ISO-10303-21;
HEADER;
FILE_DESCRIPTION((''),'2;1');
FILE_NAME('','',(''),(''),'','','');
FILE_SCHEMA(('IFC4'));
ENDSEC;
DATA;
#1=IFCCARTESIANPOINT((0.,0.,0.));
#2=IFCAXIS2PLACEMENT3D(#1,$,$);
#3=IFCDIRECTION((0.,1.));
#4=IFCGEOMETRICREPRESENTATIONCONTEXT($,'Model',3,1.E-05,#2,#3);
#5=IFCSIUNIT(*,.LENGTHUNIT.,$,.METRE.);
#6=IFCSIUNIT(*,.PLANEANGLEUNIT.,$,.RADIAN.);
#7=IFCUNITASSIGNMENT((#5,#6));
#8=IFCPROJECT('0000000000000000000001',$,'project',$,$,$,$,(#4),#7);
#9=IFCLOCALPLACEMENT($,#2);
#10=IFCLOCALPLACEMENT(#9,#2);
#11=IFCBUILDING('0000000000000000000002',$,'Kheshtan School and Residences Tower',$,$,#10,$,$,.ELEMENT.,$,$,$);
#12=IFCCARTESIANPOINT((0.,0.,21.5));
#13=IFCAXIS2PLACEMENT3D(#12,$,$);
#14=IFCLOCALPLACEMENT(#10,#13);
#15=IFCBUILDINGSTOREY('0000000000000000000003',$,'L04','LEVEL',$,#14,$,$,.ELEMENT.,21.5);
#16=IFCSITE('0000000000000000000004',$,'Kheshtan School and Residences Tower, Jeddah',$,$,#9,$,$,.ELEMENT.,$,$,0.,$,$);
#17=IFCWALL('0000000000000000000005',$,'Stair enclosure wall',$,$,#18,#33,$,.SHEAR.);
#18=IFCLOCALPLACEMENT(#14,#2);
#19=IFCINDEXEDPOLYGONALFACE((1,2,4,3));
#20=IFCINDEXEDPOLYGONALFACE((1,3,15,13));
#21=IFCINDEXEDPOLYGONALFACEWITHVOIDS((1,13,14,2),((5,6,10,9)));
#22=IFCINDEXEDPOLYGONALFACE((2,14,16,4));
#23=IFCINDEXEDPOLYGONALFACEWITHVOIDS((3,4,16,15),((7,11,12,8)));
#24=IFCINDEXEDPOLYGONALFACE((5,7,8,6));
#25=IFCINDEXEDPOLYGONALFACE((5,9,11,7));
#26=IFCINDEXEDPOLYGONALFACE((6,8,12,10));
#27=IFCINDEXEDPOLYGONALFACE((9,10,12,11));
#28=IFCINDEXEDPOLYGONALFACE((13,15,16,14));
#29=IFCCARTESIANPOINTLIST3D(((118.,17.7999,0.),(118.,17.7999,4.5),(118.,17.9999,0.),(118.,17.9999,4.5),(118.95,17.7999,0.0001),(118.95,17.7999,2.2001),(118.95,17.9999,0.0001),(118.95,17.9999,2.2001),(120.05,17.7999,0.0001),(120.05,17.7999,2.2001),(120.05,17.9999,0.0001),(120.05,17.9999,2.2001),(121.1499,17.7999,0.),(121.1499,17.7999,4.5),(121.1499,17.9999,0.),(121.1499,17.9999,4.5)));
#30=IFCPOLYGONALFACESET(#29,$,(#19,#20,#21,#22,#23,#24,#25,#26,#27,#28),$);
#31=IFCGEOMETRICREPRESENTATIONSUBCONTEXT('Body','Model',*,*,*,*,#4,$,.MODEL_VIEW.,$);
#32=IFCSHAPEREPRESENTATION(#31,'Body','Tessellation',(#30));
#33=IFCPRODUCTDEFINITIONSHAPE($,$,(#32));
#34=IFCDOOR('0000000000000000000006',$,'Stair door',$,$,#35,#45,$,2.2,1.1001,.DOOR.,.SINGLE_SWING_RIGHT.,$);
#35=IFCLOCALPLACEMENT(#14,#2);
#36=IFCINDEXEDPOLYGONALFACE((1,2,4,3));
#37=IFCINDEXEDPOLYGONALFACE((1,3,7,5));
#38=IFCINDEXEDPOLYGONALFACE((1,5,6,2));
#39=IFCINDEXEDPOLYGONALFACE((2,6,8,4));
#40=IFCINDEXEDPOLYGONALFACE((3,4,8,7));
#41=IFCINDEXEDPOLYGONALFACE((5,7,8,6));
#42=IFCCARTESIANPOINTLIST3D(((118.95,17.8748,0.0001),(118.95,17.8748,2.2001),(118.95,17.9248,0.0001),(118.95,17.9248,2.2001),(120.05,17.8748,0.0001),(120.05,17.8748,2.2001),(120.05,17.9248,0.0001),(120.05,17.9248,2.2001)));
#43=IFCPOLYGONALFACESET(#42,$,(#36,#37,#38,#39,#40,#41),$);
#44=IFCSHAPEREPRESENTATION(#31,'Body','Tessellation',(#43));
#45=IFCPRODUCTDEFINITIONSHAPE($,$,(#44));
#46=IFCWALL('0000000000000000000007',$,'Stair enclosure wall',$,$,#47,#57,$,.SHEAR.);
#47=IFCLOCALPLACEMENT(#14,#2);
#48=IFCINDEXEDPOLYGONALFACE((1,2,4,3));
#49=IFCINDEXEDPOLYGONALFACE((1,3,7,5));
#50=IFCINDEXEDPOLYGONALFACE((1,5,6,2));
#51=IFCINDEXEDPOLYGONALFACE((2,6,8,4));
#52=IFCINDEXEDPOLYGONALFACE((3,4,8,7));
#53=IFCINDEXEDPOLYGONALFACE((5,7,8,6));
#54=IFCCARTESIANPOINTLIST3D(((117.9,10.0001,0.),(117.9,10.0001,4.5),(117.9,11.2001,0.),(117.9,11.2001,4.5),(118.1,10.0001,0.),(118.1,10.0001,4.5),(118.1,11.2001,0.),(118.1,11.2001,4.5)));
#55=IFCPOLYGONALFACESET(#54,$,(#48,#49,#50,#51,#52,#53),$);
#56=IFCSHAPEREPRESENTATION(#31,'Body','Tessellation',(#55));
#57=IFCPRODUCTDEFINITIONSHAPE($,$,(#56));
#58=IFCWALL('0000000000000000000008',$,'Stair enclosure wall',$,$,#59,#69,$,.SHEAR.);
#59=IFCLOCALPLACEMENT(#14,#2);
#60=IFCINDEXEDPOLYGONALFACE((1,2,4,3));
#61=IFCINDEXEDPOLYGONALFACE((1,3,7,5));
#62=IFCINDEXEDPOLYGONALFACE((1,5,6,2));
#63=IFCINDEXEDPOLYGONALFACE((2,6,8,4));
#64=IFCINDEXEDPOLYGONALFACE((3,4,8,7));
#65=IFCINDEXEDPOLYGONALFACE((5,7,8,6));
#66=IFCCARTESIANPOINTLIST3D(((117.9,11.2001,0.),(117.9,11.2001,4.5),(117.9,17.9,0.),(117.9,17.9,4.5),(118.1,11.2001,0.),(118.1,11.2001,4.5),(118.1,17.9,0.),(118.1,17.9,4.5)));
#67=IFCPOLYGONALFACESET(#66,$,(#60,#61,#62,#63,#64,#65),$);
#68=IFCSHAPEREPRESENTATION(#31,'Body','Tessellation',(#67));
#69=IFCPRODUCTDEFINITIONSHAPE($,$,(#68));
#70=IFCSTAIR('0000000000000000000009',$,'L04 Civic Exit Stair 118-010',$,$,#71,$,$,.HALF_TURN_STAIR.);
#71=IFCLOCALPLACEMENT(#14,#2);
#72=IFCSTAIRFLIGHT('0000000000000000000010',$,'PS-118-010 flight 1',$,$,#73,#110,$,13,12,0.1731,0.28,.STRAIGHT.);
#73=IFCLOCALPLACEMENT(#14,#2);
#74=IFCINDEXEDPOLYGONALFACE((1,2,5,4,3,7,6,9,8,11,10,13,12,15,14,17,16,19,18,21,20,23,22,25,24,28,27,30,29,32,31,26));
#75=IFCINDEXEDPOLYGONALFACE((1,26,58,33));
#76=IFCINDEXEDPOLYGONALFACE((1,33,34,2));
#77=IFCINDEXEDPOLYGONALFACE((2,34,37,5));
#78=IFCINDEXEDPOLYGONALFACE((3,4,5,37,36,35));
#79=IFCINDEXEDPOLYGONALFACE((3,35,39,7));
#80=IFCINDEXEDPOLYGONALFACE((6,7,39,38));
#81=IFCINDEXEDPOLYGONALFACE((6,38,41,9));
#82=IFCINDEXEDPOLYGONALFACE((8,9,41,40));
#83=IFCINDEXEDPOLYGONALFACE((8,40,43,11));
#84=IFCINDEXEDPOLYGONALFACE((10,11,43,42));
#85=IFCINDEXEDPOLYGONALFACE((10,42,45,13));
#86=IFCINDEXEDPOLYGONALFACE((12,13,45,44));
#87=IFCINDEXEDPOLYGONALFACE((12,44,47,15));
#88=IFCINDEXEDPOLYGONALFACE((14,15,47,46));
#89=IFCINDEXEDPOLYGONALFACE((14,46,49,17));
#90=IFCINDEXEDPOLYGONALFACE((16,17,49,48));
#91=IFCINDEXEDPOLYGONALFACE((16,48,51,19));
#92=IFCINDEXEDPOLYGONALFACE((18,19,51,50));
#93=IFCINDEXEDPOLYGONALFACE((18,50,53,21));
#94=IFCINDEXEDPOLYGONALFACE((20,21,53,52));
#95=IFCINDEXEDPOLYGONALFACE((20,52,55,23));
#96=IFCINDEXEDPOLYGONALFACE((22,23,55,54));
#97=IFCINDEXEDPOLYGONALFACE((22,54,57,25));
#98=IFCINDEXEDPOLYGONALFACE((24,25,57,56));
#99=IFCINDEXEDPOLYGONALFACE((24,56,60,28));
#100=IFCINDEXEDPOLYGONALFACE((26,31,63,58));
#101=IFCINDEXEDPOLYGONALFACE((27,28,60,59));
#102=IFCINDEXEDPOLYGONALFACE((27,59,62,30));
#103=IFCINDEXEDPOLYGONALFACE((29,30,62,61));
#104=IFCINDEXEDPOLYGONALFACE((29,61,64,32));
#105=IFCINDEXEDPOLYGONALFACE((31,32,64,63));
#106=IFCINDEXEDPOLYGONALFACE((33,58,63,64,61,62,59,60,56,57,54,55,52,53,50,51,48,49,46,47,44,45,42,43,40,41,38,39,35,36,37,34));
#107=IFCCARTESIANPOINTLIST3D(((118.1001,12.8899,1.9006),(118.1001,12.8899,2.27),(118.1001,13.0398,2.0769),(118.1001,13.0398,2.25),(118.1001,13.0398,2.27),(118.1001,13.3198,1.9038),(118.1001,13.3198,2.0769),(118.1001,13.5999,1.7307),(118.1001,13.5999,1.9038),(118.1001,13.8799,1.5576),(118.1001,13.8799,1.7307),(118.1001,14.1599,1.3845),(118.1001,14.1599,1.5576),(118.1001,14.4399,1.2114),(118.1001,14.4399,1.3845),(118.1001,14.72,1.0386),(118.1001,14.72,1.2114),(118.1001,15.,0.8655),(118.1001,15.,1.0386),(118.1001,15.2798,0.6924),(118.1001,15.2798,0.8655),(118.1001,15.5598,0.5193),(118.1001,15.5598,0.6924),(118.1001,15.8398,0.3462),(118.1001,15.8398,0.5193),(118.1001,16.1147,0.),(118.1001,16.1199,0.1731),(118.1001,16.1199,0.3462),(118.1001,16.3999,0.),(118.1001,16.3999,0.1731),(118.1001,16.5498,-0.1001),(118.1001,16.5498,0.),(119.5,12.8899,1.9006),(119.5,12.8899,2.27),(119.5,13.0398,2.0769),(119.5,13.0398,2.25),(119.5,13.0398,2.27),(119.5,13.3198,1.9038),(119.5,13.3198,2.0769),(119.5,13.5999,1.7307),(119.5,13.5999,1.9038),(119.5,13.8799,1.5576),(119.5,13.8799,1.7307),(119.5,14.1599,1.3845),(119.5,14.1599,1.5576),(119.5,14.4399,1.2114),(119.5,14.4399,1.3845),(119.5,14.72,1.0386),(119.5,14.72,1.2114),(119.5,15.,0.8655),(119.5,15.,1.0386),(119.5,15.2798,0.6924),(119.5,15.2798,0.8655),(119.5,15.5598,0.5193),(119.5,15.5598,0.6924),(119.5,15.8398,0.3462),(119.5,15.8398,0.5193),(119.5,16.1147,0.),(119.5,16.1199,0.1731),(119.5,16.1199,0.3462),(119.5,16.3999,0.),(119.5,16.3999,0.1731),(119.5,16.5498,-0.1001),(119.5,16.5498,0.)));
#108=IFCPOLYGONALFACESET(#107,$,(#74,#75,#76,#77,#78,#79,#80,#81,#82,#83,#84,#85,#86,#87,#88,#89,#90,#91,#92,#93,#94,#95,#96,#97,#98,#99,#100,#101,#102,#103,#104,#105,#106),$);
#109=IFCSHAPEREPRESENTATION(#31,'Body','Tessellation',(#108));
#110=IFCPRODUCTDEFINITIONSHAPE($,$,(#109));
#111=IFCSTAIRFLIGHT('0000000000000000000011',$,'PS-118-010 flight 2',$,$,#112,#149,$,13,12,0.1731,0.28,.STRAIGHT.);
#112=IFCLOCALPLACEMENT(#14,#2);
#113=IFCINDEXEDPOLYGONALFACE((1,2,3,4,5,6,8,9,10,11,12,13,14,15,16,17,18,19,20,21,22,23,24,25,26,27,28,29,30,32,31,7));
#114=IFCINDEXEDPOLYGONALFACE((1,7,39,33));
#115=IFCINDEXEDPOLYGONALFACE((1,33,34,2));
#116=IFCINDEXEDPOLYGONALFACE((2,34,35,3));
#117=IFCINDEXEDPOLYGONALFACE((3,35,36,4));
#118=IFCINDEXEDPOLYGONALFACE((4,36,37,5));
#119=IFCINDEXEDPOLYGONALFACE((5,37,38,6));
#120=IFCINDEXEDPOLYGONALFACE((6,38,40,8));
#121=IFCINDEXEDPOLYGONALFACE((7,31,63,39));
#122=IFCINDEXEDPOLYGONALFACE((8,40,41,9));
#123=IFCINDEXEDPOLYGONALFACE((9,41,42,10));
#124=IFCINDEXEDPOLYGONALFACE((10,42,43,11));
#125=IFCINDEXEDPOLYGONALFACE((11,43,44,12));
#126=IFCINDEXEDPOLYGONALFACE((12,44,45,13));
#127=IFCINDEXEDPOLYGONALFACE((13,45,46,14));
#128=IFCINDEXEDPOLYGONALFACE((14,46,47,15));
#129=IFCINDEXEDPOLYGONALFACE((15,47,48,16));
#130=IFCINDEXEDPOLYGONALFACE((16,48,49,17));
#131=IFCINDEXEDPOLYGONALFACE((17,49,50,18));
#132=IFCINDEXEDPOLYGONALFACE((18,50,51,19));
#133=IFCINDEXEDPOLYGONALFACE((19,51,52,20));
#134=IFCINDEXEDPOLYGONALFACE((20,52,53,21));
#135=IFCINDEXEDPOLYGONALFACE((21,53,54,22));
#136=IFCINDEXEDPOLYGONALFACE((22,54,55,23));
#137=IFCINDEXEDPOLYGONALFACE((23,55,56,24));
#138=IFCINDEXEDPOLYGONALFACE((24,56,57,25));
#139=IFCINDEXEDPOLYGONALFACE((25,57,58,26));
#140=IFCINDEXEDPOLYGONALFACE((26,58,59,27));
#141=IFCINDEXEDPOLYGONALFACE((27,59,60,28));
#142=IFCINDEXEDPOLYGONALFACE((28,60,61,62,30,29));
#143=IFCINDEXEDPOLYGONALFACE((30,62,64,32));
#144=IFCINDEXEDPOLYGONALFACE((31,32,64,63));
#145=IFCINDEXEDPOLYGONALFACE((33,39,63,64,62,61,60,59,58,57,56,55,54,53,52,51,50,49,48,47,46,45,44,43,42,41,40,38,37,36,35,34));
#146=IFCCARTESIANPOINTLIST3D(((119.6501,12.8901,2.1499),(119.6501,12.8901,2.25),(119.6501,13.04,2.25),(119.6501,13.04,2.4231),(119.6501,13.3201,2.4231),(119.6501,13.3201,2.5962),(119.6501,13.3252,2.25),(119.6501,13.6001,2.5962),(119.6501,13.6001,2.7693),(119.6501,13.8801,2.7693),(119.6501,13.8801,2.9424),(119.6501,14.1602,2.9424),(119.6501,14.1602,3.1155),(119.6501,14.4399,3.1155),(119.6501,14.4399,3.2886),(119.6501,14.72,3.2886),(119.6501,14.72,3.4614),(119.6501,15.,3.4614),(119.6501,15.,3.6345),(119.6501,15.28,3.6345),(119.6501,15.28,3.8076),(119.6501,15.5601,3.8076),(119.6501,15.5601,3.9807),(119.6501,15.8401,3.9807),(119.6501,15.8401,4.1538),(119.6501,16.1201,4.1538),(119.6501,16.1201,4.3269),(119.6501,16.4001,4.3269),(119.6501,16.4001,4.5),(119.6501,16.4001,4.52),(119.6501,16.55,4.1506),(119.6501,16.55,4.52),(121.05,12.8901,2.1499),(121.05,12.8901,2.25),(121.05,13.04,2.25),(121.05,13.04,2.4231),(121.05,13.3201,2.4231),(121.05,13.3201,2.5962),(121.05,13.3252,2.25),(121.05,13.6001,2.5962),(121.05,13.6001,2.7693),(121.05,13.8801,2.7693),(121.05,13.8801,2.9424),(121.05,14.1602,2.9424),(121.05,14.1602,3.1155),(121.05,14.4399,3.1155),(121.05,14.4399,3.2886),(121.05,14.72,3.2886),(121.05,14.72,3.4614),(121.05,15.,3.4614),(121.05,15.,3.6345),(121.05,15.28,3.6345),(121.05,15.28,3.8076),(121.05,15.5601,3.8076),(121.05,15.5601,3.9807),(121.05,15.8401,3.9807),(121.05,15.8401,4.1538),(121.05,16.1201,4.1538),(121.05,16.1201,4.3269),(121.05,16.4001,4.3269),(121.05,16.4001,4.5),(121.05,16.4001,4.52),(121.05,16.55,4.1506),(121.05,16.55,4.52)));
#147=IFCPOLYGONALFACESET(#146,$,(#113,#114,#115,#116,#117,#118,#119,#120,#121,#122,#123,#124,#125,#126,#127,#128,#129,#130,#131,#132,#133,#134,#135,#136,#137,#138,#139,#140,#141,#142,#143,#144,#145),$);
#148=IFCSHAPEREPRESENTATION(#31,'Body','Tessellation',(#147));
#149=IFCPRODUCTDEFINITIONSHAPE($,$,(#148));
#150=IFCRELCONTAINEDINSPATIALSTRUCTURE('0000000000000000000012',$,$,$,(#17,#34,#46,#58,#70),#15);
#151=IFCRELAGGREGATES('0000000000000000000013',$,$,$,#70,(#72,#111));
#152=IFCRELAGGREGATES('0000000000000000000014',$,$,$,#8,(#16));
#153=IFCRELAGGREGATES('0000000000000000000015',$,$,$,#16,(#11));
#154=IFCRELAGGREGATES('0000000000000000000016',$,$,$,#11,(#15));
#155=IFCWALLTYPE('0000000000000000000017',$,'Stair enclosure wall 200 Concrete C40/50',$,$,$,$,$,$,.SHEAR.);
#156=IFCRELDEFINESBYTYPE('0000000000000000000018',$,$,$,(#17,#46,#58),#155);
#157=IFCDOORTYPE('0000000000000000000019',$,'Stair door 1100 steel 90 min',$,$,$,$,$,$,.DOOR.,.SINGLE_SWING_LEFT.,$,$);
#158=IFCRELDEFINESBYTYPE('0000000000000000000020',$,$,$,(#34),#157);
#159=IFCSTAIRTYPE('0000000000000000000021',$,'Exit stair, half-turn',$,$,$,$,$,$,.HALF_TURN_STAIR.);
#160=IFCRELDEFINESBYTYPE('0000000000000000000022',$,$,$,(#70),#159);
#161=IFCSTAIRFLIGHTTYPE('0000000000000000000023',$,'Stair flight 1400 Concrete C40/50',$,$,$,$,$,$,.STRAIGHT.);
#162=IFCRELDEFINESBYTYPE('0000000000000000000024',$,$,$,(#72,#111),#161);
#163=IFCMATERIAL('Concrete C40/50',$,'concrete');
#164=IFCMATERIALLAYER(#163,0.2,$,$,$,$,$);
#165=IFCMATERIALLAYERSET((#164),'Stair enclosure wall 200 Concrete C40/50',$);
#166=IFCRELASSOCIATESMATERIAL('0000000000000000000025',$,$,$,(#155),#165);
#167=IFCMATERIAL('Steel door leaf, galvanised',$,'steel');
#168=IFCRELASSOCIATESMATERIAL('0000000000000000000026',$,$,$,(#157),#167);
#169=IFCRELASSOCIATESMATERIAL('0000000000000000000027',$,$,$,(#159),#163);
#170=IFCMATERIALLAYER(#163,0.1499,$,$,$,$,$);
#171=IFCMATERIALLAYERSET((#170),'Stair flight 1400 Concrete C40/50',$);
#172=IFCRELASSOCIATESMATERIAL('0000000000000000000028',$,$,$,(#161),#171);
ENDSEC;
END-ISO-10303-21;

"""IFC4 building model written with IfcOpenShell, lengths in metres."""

from ifc_helpers import new_model, si_unit, direction, frame, frame_2d, origin, place, context, subcontext, project, spatial, polyline, rectangle, outline, extrude, source, transform, mapped, material, layer, layer_set, type_object, element, fill, aggregate, save


model = new_model("IFC4")

# Units and contexts
model_context = context("Model", 3, precision=1e-05, world=origin(), true_north=direction((0.0, 1.0)))
body_context = subcontext(model_context, "Body", "Model", "MODEL_VIEW")
ifc_project = project(units=[si_unit("LENGTHUNIT", "METRE"), si_unit("PLANEANGLEUNIT", "RADIAN")], contexts=[model_context])

# Site, building, storey
site_placement = place(None, origin())
site = spatial("IfcSite", under=ifc_project, at=site_placement, Name="Kheshtan School and Residences Tower, Jeddah", CompositionType="ELEMENT", RefElevation=0.0)
building_placement = place(site_placement, origin())
building = spatial("IfcBuilding", under=site, at=building_placement, Name="Kheshtan School and Residences Tower", CompositionType="ELEMENT")
storey_placement = place(building_placement, frame((0.0, 0.0, 21.5)))
storey = spatial("IfcBuildingStorey", under=building, at=storey_placement, Name="L04", Description="LEVEL", CompositionType="ELEMENT", Elevation=21.5)

# Wall, opening, door
ifc_material_1 = material(Name="Concrete C40/50", Category="concrete")
ifc_layer_1 = layer(ifc_material_1, 0.2)
ifc_layer_set_1 = layer_set([ifc_layer_1], Name="Stair enclosure wall 200 Concrete C40/50")
wall_type_1 = type_object("IfcWallType", Name="Stair enclosure wall 200 Concrete C40/50", PredefinedType="SHEAR", material=ifc_layer_set_1)
wall_1_placement = place(storey_placement, frame((118.0, 17.8999, 0.0), z_axis=(0.0, 0.0, 1.0), x_axis=(1.0, 0.0, 0.0)))
wall_1 = element("IfcWall", 1, at=wall_1_placement, inside=storey, type_object=wall_type_1, Name="Stair enclosure wall", PredefinedType="SHEAR", context=body_context, shape_type="SweptSolid", body=[
    extrude(rectangle(XDim=3.1499, YDim=0.2, at=frame_2d((1.575, 0.0))), origin(), (0.0, 0.0, 1.0), 4.5),
])
opening_placement = place(wall_1_placement, frame((0.95, 0.0, 0.0)))
opening = element("IfcOpeningElement", 2, at=opening_placement, cuts=wall_1, PredefinedType="OPENING", context=body_context, shape_type="SweptSolid", body=[
    extrude(rectangle(XDim=1.1001, YDim=2.2, at=frame_2d((0.55, 1.1001))), frame((0.0, 0.1099, 0.0), z_axis=(0.0, -1.0, 0.0), x_axis=(1.0, 0.0, 0.0)), (0.0, 0.0, 1.0), 0.22),
])
ifc_material_2 = material(Name="Steel door leaf, galvanised", Category="steel")
door_type = type_object("IfcDoorType", Name="Stair door 1100 steel 90 min", OperationType="SINGLE_SWING_LEFT", PredefinedType="DOOR", material=ifc_material_2)
shared_shape = source(origin(), body_context, "Body", "SweptSolid", [
    extrude(rectangle(XDim=1.1001, YDim=2.2, at=frame_2d((0.55, 1.1001))), frame((0.0, 0.0249, 0.0), z_axis=(0.0, -1.0, 0.0), x_axis=(1.0, 0.0, 0.0)), (0.0, 0.0, 1.0), 0.05),
])
door_placement = place(opening_placement, origin())
door = element("IfcDoor", 3, at=door_placement, inside=storey, type_object=door_type, Name="Stair door", OperationType="SINGLE_SWING_RIGHT", OverallHeight=2.2, OverallWidth=1.1001, PredefinedType="DOOR", context=body_context, shape_type="MappedRepresentation", body=[
    mapped(shared_shape, transform((0.0, 0.0, 0.0), x_axis=(1.0, 0.0, 0.0), y_axis=(0.0, 1.0, 0.0), z_axis=(0.0, 0.0, 1.0), scale=1.0)),
])
fill(opening, door)

# Walls
wall_2_placement = place(storey_placement, frame((118.0, 10.0, 0.0), z_axis=(0.0, 0.0, 1.0), x_axis=(0.0, 1.0, 0.0)))
element("IfcWall", 4, at=wall_2_placement, inside=storey, type_object=wall_type_1, Name="Stair enclosure wall", PredefinedType="SHEAR", context=body_context, shape_type="SweptSolid", body=[
    extrude(rectangle(XDim=1.2, YDim=0.2, at=frame_2d((0.6001, 0.0))), origin(), (0.0, 0.0, 1.0), 4.5),
])
wall_3_placement = place(storey_placement, frame((118.0, 11.2, 0.0), z_axis=(0.0, 0.0, 1.0), x_axis=(0.0, 1.0, 0.0)))
element("IfcWall", 5, at=wall_3_placement, inside=storey, type_object=wall_type_1, Name="Stair enclosure wall", PredefinedType="SHEAR", context=body_context, shape_type="SweptSolid", body=[
    extrude(rectangle(XDim=6.7, YDim=0.2, at=frame_2d((3.3501, 0.0))), origin(), (0.0, 0.0, 1.0), 4.5),
])

# Stair, stair flights
stair_type = type_object("IfcStairType", Name="Exit stair, half-turn", PredefinedType="HALF_TURN_STAIR", material=ifc_material_1)
stair_placement = place(storey_placement, origin())
stair = element("IfcStair", 6, at=stair_placement, inside=storey, type_object=stair_type, Name="L04 Civic Exit Stair 118-010", PredefinedType="HALF_TURN_STAIR")
ifc_layer_2 = layer(ifc_material_1, 0.1499)
ifc_layer_set_2 = layer_set([ifc_layer_2], Name="Stair flight 1400 Concrete C40/50")
stair_flight_type = type_object("IfcStairFlightType", Name="Stair flight 1400 Concrete C40/50", PredefinedType="STRAIGHT", material=ifc_layer_set_2)
stair_flight_1_placement = place(storey_placement, frame((118.8, 16.3999, 0.0), z_axis=(0.0, 0.0, 1.0), x_axis=(0.0, -1.0, 0.0)))
stair_flight_1 = element("IfcStairFlight", 7, at=stair_flight_1_placement, type_object=stair_flight_type, Name="PS-118-010 flight 1", NumberOfRisers=13, NumberOfTreads=12, PredefinedType="STRAIGHT", RiserHeight=0.1731, TreadLength=0.28, context=body_context, shape_type="SweptSolid", body=[
    extrude(outline(polyline([(-0.1499, -0.1001), (-0.1499, 0.0), (0.0, 0.0), (0.0, 0.1731), (0.28, 0.1731), (0.28, 0.3462), (0.5601, 0.3462), (0.5601, 0.5193), (0.8401, 0.5193), (0.8401, 0.6924), (1.1201, 0.6924), (1.1201, 0.8655), (1.3999, 0.8655), (1.3999, 1.0386), (1.6799, 1.0386), (1.6799, 1.2114), (1.96, 1.2114), (1.96, 1.3845), (2.24, 1.3845), (2.24, 1.5576), (2.52, 1.5576), (2.52, 1.7307), (2.8, 1.7307), (2.8, 1.9038), (3.0801, 1.9038), (3.0801, 2.0769), (3.3601, 2.0769), (3.3601, 2.25), (3.3601, 2.27), (3.51, 2.27), (3.51, 1.9006), (0.2852, 0.0), (-0.1499, -0.1001)])), frame((0.0, 0.7, 0.0), z_axis=(0.0, -1.0, 0.0), x_axis=(1.0, 0.0, 0.0)), (0.0, 0.0, 1.0), 1.3999),
])
stair_flight_2_placement = place(storey_placement, frame((120.3501, 13.04, 2.25), z_axis=(0.0, 0.0, 1.0), x_axis=(0.0, 1.0, 0.0)))
stair_flight_2 = element("IfcStairFlight", 8, at=stair_flight_2_placement, type_object=stair_flight_type, Name="PS-118-010 flight 2", NumberOfRisers=13, NumberOfTreads=12, PredefinedType="STRAIGHT", RiserHeight=0.1731, TreadLength=0.28, context=body_context, shape_type="SweptSolid", body=[
    extrude(outline(polyline([(-0.1499, -0.1001), (-0.1499, 0.0), (0.0, 0.0), (0.0, 0.1731), (0.28, 0.1731), (0.28, 0.3462), (0.5601, 0.3462), (0.5601, 0.5193), (0.8401, 0.5193), (0.8401, 0.6924), (1.1201, 0.6924), (1.1201, 0.8655), (1.3999, 0.8655), (1.3999, 1.0386), (1.6799, 1.0386), (1.6799, 1.2114), (1.96, 1.2114), (1.96, 1.3845), (2.24, 1.3845), (2.24, 1.5576), (2.52, 1.5576), (2.52, 1.7307), (2.8, 1.7307), (2.8, 1.9038), (3.0801, 1.9038), (3.0801, 2.0769), (3.3601, 2.0769), (3.3601, 2.25), (3.3601, 2.27), (3.51, 2.27), (3.51, 1.9006), (0.2852, 0.0), (-0.1499, -0.1001)])), frame((0.0, 0.7, 0.0), z_axis=(0.0, -1.0, 0.0), x_axis=(1.0, 0.0, 0.0)), (0.0, 0.0, 1.0), 1.3999),
])
aggregate(stair, [stair_flight_1, stair_flight_2])

save(model, "model.ifc")
